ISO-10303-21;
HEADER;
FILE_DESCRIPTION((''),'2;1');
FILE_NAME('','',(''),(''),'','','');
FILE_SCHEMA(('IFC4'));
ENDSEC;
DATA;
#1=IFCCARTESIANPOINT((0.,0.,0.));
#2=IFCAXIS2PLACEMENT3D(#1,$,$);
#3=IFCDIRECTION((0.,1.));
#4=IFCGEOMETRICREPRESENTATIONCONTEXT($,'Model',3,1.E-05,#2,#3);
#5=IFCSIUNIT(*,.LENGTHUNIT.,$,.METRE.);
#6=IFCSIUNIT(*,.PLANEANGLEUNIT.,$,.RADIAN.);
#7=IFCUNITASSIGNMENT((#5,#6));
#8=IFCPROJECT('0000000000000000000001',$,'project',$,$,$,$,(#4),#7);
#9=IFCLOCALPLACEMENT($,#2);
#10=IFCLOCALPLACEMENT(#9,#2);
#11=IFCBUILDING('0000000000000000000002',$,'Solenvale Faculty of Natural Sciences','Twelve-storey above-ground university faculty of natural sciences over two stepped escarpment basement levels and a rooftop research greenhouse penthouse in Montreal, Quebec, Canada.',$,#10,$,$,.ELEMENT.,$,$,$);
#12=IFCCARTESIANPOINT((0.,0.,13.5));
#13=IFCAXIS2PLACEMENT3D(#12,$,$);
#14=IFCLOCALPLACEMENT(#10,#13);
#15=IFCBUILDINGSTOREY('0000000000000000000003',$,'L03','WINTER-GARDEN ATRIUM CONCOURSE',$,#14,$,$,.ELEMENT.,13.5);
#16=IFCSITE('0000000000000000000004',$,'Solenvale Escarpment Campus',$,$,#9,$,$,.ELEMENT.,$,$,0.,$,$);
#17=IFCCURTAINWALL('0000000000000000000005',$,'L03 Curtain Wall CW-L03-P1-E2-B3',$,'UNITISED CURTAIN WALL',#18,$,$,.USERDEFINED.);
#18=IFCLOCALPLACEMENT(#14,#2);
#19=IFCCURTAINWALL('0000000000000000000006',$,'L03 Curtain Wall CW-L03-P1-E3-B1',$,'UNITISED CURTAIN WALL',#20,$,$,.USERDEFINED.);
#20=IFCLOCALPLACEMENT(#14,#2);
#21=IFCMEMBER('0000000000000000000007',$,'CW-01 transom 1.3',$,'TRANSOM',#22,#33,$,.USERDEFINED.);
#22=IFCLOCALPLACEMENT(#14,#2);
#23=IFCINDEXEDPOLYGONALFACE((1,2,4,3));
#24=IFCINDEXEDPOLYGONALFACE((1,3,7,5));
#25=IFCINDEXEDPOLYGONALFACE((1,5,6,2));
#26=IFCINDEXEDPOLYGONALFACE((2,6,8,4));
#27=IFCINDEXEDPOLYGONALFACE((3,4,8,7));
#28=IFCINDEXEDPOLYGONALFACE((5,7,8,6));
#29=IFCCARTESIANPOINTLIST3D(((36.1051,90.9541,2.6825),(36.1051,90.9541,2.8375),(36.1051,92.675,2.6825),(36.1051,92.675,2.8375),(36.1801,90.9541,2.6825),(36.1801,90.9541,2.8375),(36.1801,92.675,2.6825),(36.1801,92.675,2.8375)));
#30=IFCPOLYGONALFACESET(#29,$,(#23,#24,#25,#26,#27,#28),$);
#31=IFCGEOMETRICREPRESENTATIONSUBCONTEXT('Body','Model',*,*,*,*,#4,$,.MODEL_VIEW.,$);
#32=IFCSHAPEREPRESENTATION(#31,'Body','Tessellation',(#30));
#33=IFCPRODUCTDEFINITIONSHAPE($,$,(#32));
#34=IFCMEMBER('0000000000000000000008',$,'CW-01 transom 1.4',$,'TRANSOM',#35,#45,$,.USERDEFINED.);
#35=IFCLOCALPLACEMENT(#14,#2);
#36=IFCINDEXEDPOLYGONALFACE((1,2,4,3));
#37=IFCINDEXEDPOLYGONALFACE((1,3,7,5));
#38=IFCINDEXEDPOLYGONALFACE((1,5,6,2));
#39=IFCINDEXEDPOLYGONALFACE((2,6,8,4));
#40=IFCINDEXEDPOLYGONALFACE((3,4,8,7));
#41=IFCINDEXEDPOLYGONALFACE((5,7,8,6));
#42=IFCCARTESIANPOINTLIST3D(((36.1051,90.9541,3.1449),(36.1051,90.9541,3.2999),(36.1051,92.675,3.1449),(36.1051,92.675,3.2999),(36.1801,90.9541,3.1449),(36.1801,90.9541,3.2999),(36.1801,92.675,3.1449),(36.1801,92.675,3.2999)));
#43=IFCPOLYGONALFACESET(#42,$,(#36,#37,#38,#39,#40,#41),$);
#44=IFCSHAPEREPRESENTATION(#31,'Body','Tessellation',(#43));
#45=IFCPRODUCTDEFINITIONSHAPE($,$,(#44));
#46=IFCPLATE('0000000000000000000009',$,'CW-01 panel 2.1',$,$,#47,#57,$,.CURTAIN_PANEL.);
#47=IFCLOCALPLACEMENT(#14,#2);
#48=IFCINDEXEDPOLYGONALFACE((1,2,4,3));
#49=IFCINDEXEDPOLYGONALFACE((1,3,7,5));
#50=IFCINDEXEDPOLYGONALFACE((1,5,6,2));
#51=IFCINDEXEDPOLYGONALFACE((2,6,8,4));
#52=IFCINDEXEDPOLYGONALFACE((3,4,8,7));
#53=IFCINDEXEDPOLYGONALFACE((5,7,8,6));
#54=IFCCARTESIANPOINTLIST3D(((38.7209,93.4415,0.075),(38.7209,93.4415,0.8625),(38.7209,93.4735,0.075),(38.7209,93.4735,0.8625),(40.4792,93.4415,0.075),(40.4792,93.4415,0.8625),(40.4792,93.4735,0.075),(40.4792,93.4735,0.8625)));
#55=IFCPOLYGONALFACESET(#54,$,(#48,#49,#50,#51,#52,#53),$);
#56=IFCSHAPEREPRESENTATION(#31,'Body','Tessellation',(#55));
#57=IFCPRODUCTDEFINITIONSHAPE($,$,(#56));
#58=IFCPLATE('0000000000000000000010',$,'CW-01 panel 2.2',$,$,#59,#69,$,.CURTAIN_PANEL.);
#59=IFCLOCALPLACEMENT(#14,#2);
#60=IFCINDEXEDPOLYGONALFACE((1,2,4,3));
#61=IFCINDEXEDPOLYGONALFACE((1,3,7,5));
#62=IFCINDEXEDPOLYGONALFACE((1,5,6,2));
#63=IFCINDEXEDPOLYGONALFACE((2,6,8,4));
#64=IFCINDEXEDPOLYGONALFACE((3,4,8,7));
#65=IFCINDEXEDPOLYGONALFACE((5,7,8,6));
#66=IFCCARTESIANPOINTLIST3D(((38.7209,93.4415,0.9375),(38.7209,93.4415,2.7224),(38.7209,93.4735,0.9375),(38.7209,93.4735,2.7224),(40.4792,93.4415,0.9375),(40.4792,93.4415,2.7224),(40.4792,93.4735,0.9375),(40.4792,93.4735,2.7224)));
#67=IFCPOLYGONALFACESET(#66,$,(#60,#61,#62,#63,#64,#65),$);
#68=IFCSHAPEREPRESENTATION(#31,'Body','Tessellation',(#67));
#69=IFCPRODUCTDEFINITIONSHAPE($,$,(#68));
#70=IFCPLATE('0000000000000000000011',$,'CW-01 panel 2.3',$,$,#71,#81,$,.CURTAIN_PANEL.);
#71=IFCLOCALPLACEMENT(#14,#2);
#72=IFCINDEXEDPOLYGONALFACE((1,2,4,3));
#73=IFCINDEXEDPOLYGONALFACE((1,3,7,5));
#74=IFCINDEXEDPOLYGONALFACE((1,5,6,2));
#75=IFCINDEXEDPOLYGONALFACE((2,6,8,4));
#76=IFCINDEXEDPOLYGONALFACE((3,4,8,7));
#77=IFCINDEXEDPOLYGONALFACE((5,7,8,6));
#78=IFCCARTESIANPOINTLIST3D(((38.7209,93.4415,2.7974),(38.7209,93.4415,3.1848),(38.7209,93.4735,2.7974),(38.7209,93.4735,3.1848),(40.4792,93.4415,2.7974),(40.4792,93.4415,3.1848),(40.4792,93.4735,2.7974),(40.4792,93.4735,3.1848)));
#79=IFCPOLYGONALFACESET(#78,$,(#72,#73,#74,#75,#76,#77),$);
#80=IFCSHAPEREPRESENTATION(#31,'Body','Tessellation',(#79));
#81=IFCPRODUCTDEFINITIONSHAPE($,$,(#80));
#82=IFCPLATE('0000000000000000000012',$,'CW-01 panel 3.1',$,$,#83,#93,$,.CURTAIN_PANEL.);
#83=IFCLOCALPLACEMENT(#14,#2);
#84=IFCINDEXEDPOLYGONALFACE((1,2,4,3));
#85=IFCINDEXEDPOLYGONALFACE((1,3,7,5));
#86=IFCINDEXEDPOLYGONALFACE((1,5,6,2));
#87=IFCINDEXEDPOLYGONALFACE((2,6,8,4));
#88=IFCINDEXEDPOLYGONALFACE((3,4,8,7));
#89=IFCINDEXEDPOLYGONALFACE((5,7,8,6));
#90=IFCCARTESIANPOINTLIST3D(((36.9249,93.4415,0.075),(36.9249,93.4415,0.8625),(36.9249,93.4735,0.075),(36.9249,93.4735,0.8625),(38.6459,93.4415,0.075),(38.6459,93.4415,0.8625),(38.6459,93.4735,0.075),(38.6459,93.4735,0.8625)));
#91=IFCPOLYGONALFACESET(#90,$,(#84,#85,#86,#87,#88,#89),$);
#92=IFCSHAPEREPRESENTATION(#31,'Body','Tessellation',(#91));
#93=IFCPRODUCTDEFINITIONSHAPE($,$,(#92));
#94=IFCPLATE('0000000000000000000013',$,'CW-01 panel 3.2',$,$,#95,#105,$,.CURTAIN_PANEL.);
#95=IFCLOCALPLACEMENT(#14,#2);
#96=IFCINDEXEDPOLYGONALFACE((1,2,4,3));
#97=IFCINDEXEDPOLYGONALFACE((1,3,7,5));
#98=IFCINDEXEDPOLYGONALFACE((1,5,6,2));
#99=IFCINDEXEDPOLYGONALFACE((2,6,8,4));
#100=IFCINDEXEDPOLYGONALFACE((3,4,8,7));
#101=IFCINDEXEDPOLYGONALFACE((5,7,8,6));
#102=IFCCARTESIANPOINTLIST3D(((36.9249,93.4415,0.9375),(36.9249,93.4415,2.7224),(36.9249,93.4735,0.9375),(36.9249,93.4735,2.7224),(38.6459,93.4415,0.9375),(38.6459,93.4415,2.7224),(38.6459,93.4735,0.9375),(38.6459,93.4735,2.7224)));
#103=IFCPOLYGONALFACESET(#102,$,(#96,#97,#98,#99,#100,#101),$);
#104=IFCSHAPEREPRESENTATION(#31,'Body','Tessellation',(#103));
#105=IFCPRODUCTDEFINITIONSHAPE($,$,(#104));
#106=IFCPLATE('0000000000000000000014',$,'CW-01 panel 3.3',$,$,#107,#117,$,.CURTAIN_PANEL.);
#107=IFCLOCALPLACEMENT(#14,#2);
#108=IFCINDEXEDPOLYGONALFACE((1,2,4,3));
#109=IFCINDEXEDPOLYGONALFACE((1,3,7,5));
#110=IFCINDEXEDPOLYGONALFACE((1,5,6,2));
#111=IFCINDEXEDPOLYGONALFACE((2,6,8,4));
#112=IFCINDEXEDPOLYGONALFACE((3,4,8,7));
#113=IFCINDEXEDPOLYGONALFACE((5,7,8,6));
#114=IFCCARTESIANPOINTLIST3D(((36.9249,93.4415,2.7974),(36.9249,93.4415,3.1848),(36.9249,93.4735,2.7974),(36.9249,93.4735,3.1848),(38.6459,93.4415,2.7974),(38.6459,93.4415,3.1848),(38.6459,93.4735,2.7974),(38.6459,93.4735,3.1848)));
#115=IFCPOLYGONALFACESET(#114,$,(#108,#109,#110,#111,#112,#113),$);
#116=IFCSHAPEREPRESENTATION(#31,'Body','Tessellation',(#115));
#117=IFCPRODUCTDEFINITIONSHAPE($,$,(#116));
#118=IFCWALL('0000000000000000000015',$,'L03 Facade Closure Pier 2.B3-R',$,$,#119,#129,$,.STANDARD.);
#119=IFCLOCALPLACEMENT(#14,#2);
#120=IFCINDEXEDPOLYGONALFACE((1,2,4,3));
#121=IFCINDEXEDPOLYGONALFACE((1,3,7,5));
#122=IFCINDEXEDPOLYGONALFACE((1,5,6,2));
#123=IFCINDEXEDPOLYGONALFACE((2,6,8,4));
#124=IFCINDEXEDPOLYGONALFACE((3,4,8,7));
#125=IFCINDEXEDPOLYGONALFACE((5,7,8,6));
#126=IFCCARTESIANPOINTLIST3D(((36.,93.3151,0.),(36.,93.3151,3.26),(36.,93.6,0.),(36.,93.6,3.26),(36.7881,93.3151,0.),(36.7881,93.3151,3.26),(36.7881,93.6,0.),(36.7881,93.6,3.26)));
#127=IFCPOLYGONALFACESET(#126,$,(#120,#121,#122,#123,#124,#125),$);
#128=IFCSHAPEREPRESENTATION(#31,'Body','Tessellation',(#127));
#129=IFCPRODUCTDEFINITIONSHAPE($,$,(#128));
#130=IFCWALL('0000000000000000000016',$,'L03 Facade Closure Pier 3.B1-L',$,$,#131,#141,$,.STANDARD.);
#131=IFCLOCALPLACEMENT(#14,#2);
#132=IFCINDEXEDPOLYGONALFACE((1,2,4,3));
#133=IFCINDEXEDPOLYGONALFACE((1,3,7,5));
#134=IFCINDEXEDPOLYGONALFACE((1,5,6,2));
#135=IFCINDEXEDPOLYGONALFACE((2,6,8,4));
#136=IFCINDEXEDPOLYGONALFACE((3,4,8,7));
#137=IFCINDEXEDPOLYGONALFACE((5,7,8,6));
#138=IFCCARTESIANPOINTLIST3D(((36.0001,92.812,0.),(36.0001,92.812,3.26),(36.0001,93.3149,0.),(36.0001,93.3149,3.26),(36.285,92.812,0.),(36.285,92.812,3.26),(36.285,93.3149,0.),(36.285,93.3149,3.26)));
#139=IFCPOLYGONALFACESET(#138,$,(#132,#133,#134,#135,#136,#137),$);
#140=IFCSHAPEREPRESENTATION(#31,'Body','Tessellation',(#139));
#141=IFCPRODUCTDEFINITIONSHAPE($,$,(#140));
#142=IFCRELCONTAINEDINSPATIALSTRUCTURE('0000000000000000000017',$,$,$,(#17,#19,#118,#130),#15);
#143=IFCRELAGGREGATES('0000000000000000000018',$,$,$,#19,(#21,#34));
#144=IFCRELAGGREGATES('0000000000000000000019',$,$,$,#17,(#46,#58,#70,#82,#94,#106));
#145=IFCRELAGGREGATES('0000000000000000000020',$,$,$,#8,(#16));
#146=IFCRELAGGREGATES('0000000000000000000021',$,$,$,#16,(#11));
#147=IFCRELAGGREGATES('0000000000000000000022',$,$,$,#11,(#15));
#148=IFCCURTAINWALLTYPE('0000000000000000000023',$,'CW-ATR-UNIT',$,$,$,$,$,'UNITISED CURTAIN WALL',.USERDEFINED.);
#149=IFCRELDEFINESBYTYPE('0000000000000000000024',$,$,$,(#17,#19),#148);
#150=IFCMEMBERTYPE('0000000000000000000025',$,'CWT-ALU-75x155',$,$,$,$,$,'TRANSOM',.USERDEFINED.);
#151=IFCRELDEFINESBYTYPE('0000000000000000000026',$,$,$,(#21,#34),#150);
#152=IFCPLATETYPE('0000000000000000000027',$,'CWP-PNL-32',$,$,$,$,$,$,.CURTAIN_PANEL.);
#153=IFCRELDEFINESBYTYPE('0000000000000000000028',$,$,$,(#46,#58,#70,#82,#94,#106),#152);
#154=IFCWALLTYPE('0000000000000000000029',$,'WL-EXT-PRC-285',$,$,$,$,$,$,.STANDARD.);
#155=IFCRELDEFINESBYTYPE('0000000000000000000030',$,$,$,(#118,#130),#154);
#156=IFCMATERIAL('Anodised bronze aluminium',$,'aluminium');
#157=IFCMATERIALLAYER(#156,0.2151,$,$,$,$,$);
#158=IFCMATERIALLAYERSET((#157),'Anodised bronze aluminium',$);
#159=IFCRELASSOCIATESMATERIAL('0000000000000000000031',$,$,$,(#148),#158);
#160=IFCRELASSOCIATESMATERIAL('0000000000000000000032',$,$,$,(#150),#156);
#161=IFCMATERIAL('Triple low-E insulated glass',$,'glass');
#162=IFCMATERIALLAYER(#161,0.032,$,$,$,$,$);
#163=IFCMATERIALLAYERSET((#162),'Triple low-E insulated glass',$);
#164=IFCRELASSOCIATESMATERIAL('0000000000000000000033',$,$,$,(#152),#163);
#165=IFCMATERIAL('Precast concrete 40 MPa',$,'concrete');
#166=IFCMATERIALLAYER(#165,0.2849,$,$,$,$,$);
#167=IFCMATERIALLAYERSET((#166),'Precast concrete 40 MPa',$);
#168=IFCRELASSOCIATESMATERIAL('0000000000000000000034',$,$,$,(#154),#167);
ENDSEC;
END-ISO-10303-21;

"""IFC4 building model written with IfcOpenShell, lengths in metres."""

from ifc_helpers import new_model, si_unit, direction, frame, frame_2d, origin, origin_2d, place, context, subcontext, project, spatial, rectangle, extrude, material, layer, layer_set, material_profile, profile_set, type_object, element, aggregate, save


model = new_model("IFC4")

# Units and contexts
model_context = context("Model", 3, precision=1e-05, world=origin(), true_north=direction((0.0, 1.0)))
body_context = subcontext(model_context, "Body", "Model", "MODEL_VIEW")
ifc_project = project(units=[si_unit("LENGTHUNIT", "METRE"), si_unit("PLANEANGLEUNIT", "RADIAN")], contexts=[model_context])

# Site, building, storey
site_placement = place(None, origin())
site = spatial("IfcSite", under=ifc_project, at=site_placement, Name="Solenvale Escarpment Campus", CompositionType="ELEMENT", RefElevation=0.0)
building_placement = place(site_placement, origin())
building = spatial("IfcBuilding", under=site, at=building_placement, Name="Solenvale Faculty of Natural Sciences", Description="Twelve-storey above-ground university faculty of natural sciences over two stepped escarpment basement levels and a rooftop research greenhouse penthouse in Montreal, Quebec, Canada.", CompositionType="ELEMENT")
storey_placement = place(building_placement, frame((0.0, 0.0, 13.5)))
storey = spatial("IfcBuildingStorey", under=building, at=storey_placement, Name="L03", Description="WINTER-GARDEN ATRIUM CONCOURSE", CompositionType="ELEMENT", Elevation=13.5)

# Curtain wall
ifc_material_1 = material(Name="Anodised bronze aluminium", Category="aluminium")
ifc_layer_1 = layer(ifc_material_1, 0.2151)
ifc_layer_set_1 = layer_set([ifc_layer_1], Name="Anodised bronze aluminium")
curtain_wall_type = type_object("IfcCurtainWallType", Name="CW-ATR-UNIT", ElementType="UNITISED CURTAIN WALL", PredefinedType="USERDEFINED", material=ifc_layer_set_1)
curtain_wall_1_placement = place(storey_placement, origin())
curtain_wall_1 = element("IfcCurtainWall", 1, at=curtain_wall_1_placement, inside=storey, type_object=curtain_wall_type, Name="L03 Curtain Wall CW-L03-P1-E2-B3", ObjectType="UNITISED CURTAIN WALL", PredefinedType="USERDEFINED")

# Curtain wall
curtain_wall_2_placement = place(storey_placement, origin())
curtain_wall_2 = element("IfcCurtainWall", 2, at=curtain_wall_2_placement, inside=storey, type_object=curtain_wall_type, Name="L03 Curtain Wall CW-L03-P1-E3-B1", ObjectType="UNITISED CURTAIN WALL", PredefinedType="USERDEFINED")

# Members
ifc_material_profile_1 = material_profile(ifc_material_1, rectangle(XDim=0.075, YDim=0.155, at=origin_2d()), Name="ALU-TRN-75x155")
ifc_profile_set_1 = profile_set([ifc_material_profile_1], Name="Anodised bronze aluminium")
member_type_1 = type_object("IfcMemberType", Name="CWT-ALU-75x155", ElementType="TRANSOM", PredefinedType="USERDEFINED", material=ifc_profile_set_1)
member_1_placement = place(storey_placement, frame((36.1426, 92.675, 2.76), z_axis=(0.0, -1.0, 0.0), x_axis=(1.0, 0.0, 0.0)))
member_1 = element("IfcMember", 3, at=member_1_placement, type_object=member_type_1, Name="CW-01 transom 1.3", ObjectType="TRANSOM", PredefinedType="USERDEFINED", context=body_context, shape_type="SweptSolid", body=[
    extrude(rectangle(XDim=0.075, YDim=0.155, at=origin_2d()), origin(), (0.0, 0.0, 1.0), 1.7209),
])
member_2_placement = place(storey_placement, frame((36.1426, 92.675, 3.2224), z_axis=(0.0, -1.0, 0.0), x_axis=(1.0, 0.0, 0.0)))
member_2 = element("IfcMember", 4, at=member_2_placement, type_object=member_type_1, Name="CW-01 transom 1.4", ObjectType="TRANSOM", PredefinedType="USERDEFINED", context=body_context, shape_type="SweptSolid", body=[
    extrude(rectangle(XDim=0.075, YDim=0.155, at=origin_2d()), origin(), (0.0, 0.0, 1.0), 1.7209),
])
aggregate(curtain_wall_2, [member_1, member_2])

# Plates
ifc_material_2 = material(Name="Triple low-E insulated glass", Category="glass")
ifc_layer_2 = layer(ifc_material_2, 0.032)
ifc_layer_set_2 = layer_set([ifc_layer_2], Name="Triple low-E insulated glass")
plate_type = type_object("IfcPlateType", Name="CWP-PNL-32", PredefinedType="CURTAIN_PANEL", material=ifc_layer_set_2)
plate_1_placement = place(storey_placement, frame((39.6001, 93.4575, 0.075), z_axis=(0.0, 0.0, 1.0), x_axis=(-1.0, 0.0, 0.0)))
plate_1 = element("IfcPlate", 5, at=plate_1_placement, type_object=plate_type, Name="CW-01 panel 2.1", PredefinedType="CURTAIN_PANEL", context=body_context, shape_type="SweptSolid", body=[
    extrude(rectangle(XDim=1.7583, YDim=0.032, at=origin_2d()), origin(), (0.0, 0.0, 1.0), 0.7876),
])
plate_2_placement = place(storey_placement, frame((39.6001, 93.4575, 0.9375), z_axis=(0.0, 0.0, 1.0), x_axis=(-1.0, 0.0, 0.0)))
plate_2 = element("IfcPlate", 6, at=plate_2_placement, type_object=plate_type, Name="CW-01 panel 2.2", PredefinedType="CURTAIN_PANEL", context=body_context, shape_type="SweptSolid", body=[
    extrude(rectangle(XDim=1.7583, YDim=0.032, at=origin_2d()), origin(), (0.0, 0.0, 1.0), 1.7849),
])
plate_3_placement = place(storey_placement, frame((39.6001, 93.4575, 2.7974), z_axis=(0.0, 0.0, 1.0), x_axis=(-1.0, 0.0, 0.0)))
plate_3 = element("IfcPlate", 7, at=plate_3_placement, type_object=plate_type, Name="CW-01 panel 2.3", PredefinedType="CURTAIN_PANEL", context=body_context, shape_type="SweptSolid", body=[
    extrude(rectangle(XDim=1.7583, YDim=0.032, at=origin_2d()), origin(), (0.0, 0.0, 1.0), 0.3875),
])
plate_4_placement = place(storey_placement, frame((37.7854, 93.4575, 0.075), z_axis=(0.0, 0.0, 1.0), x_axis=(-1.0, 0.0, 0.0)))
plate_4 = element("IfcPlate", 8, at=plate_4_placement, type_object=plate_type, Name="CW-01 panel 3.1", PredefinedType="CURTAIN_PANEL", context=body_context, shape_type="SweptSolid", body=[
    extrude(rectangle(XDim=1.7209, YDim=0.032, at=origin_2d()), origin(), (0.0, 0.0, 1.0), 0.7876),
])
plate_5_placement = place(storey_placement, frame((37.7854, 93.4575, 0.9375), z_axis=(0.0, 0.0, 1.0), x_axis=(-1.0, 0.0, 0.0)))
plate_5 = element("IfcPlate", 9, at=plate_5_placement, type_object=plate_type, Name="CW-01 panel 3.2", PredefinedType="CURTAIN_PANEL", context=body_context, shape_type="SweptSolid", body=[
    extrude(rectangle(XDim=1.7209, YDim=0.032, at=origin_2d()), origin(), (0.0, 0.0, 1.0), 1.7849),
])
plate_6_placement = place(storey_placement, frame((37.7854, 93.4575, 2.7974), z_axis=(0.0, 0.0, 1.0), x_axis=(-1.0, 0.0, 0.0)))
plate_6 = element("IfcPlate", 10, at=plate_6_placement, type_object=plate_type, Name="CW-01 panel 3.3", PredefinedType="CURTAIN_PANEL", context=body_context, shape_type="SweptSolid", body=[
    extrude(rectangle(XDim=1.7209, YDim=0.032, at=origin_2d()), origin(), (0.0, 0.0, 1.0), 0.3875),
])
aggregate(curtain_wall_1, [plate_1, plate_2, plate_3, plate_4, plate_5, plate_6])

# Walls
ifc_material_3 = material(Name="Precast concrete 40 MPa", Category="concrete")
ifc_layer_3 = layer(ifc_material_3, 0.2849)
ifc_layer_set_3 = layer_set([ifc_layer_3], Name="Precast concrete 40 MPa")
wall_type = type_object("IfcWallType", Name="WL-EXT-PRC-285", PredefinedType="STANDARD", material=ifc_layer_set_3)
wall_1_placement = place(storey_placement, frame((36.7881, 93.4575, 0.0), z_axis=(0.0, 0.0, 1.0), x_axis=(-1.0, 0.0, 0.0)))
element("IfcWall", 11, at=wall_1_placement, inside=storey, type_object=wall_type, Name="L03 Facade Closure Pier 2.B3-R", PredefinedType="STANDARD", context=body_context, shape_type="SweptSolid", body=[
    extrude(rectangle(XDim=0.7881, YDim=0.2849, at=frame_2d((0.394, 0.0))), origin(), (0.0, 0.0, 1.0), 3.26),
])
wall_2_placement = place(storey_placement, frame((36.1426, 93.3149, 0.0), z_axis=(0.0, 0.0, 1.0), x_axis=(0.0, -1.0, 0.0)))
element("IfcWall", 12, at=wall_2_placement, inside=storey, type_object=wall_type, Name="L03 Facade Closure Pier 3.B1-L", PredefinedType="STANDARD", context=body_context, shape_type="SweptSolid", body=[
    extrude(rectangle(XDim=0.5029, YDim=0.2849, at=frame_2d((0.2515, 0.0))), origin(), (0.0, 0.0, 1.0), 3.26),
])

save(model, "model.ifc")
